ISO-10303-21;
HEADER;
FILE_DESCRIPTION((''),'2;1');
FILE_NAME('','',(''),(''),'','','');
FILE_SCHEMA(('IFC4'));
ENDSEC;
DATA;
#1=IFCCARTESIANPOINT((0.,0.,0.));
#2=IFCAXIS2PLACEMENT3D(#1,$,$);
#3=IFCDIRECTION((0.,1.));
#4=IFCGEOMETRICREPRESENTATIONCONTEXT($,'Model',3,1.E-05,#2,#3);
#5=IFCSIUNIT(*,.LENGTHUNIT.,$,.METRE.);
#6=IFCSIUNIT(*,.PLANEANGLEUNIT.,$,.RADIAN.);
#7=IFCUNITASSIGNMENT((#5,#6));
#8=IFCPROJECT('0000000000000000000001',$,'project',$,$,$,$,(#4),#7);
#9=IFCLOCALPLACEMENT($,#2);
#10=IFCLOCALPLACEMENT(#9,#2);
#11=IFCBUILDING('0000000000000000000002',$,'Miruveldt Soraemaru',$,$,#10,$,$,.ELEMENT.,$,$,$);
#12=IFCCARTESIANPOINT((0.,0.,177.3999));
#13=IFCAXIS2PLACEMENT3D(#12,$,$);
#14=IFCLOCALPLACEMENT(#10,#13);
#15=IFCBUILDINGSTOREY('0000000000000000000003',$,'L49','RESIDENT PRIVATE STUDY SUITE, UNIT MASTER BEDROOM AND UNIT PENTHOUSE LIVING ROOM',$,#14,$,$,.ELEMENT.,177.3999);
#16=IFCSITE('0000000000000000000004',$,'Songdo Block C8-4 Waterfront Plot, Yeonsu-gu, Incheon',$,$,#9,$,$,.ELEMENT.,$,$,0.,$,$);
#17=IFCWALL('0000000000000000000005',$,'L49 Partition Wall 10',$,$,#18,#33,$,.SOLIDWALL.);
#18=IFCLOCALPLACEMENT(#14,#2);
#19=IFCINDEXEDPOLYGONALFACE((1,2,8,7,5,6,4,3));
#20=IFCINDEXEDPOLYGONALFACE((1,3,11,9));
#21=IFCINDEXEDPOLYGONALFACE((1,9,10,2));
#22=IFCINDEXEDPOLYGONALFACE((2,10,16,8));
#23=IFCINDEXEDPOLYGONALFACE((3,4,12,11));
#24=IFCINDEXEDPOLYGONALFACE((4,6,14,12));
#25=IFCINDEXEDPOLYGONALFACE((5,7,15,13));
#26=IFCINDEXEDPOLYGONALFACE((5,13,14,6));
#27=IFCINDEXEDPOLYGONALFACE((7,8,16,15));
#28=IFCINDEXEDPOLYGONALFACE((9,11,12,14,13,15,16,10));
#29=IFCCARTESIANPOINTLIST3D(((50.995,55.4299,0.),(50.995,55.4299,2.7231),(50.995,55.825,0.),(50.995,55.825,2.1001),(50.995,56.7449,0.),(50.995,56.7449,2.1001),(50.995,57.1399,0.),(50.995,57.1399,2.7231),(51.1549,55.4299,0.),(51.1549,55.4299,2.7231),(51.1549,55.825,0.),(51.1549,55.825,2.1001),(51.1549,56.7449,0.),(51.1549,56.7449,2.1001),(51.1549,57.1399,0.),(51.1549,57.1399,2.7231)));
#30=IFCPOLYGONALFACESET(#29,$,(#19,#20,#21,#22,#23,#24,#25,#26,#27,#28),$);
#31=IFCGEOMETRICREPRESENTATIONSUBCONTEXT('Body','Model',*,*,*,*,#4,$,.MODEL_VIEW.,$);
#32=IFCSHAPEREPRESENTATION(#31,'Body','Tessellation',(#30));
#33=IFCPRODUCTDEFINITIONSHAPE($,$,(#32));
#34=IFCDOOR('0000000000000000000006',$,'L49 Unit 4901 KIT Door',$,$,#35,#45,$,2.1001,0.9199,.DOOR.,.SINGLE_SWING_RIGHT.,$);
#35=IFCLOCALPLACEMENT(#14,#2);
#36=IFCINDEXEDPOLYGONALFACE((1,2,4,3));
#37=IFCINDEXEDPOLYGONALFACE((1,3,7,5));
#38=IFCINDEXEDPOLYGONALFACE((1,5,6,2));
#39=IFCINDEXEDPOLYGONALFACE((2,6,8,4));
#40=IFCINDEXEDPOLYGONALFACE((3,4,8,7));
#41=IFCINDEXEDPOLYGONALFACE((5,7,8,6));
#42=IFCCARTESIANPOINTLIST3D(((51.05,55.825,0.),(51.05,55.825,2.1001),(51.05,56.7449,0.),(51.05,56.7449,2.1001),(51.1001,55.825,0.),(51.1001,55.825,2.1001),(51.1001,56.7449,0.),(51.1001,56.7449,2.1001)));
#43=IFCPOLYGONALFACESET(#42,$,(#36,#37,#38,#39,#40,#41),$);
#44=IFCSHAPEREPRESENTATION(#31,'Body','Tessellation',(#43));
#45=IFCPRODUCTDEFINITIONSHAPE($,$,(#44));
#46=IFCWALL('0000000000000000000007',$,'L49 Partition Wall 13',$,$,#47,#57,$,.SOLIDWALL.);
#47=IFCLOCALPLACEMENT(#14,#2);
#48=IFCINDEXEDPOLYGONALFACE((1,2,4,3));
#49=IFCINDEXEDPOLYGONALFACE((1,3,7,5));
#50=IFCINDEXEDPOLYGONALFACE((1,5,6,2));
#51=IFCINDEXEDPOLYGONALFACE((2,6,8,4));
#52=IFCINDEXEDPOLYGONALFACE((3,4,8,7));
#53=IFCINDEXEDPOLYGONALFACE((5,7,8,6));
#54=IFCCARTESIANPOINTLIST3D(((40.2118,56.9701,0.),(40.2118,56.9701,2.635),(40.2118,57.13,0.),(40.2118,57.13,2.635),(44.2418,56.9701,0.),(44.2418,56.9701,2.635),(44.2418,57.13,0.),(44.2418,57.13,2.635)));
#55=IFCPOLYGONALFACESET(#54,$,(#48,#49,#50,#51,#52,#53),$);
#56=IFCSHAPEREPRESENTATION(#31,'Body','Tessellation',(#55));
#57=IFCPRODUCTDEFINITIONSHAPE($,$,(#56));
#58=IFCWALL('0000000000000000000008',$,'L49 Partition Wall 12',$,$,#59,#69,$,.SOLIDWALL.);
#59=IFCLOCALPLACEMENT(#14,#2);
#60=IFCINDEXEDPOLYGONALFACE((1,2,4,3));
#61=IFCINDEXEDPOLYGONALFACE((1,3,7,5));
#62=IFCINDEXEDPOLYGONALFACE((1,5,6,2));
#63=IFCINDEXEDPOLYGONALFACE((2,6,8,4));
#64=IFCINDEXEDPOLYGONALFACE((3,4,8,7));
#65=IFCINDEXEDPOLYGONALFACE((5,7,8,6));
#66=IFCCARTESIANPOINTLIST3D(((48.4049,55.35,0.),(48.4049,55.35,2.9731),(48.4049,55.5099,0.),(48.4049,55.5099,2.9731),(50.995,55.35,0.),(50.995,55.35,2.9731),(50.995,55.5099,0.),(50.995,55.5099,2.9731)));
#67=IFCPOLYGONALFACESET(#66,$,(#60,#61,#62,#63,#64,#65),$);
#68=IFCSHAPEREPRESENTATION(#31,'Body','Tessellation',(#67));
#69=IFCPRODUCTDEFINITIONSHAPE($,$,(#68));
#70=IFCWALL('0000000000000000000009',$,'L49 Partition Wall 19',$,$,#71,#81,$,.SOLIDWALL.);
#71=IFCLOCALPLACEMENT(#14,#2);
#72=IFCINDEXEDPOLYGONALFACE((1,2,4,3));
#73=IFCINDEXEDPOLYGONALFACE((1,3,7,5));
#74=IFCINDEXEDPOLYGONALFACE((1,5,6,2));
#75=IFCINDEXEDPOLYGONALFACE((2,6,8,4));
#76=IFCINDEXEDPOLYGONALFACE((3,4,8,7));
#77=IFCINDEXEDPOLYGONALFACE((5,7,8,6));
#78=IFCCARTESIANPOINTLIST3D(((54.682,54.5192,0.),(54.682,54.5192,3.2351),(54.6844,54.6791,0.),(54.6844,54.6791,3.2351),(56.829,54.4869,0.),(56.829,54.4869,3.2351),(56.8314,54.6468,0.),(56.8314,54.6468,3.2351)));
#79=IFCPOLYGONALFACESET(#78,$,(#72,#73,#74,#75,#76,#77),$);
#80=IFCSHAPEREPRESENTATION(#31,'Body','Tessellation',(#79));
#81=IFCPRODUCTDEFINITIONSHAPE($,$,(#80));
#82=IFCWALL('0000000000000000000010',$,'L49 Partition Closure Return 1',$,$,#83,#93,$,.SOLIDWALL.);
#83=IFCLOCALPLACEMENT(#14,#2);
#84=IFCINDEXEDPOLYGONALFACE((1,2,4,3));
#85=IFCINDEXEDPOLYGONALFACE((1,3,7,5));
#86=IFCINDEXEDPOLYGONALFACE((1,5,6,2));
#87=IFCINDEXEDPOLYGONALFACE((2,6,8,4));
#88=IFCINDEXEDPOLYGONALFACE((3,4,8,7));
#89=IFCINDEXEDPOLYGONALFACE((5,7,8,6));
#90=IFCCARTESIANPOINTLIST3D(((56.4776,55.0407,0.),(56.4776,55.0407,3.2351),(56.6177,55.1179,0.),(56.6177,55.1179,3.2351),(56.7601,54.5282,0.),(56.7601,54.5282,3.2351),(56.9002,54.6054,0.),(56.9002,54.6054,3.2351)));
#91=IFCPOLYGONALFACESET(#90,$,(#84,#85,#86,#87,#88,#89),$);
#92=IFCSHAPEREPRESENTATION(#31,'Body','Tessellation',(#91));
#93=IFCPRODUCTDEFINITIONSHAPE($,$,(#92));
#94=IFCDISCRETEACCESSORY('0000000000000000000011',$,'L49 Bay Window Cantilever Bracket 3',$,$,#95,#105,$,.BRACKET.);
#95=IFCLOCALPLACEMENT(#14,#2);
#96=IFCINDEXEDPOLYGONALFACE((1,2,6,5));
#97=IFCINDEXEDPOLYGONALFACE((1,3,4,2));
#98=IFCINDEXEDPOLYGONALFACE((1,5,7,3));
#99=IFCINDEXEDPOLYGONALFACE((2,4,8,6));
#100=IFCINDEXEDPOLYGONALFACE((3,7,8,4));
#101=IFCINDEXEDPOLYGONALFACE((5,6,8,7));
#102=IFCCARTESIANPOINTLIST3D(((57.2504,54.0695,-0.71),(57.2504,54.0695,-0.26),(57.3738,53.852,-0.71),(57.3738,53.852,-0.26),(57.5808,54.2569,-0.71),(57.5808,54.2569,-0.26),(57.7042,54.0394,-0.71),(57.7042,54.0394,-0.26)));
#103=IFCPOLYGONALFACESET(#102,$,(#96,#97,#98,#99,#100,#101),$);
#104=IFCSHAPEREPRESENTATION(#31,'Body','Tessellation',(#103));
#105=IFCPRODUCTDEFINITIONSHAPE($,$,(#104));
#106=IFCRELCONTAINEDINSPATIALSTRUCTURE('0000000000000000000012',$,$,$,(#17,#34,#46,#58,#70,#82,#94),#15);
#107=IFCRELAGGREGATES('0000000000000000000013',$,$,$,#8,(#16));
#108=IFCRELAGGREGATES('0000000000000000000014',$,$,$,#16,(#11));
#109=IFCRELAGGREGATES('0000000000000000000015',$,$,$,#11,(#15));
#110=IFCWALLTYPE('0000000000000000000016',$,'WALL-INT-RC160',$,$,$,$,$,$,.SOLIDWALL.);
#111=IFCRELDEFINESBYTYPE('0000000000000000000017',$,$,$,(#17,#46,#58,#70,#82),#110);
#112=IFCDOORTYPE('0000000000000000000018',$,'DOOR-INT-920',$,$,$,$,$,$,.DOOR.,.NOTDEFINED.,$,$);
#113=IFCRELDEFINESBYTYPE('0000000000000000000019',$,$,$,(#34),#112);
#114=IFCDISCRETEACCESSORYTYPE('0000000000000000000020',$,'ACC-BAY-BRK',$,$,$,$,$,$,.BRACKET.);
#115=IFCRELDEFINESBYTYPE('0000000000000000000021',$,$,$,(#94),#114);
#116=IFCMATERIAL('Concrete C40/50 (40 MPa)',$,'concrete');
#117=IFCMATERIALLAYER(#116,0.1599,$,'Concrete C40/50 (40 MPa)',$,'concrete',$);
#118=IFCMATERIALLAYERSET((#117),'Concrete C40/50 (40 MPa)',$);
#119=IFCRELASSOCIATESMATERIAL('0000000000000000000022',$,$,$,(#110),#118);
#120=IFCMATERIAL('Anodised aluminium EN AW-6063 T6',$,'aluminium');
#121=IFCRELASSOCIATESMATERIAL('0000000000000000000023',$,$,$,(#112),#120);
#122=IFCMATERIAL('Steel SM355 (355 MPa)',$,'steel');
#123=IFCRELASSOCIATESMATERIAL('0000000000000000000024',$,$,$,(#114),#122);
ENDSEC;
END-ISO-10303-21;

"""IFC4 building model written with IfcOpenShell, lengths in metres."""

from ifc_helpers import new_model, si_unit, direction, frame, frame_2d, origin, origin_2d, place, context, subcontext, project, spatial, rectangle, extrude, material, layer, layer_set, type_object, element, fill, save


model = new_model("IFC4")

# Units and contexts
model_context = context("Model", 3, precision=1e-05, world=origin(), true_north=direction((0.0, 1.0)))
body_context = subcontext(model_context, "Body", "Model", "MODEL_VIEW")
ifc_project = project(units=[si_unit("LENGTHUNIT", "METRE"), si_unit("PLANEANGLEUNIT", "RADIAN")], contexts=[model_context])

# Site, building, storey
site_placement = place(None, origin())
site = spatial("IfcSite", under=ifc_project, at=site_placement, Name="Songdo Block C8-4 Waterfront Plot, Yeonsu-gu, Incheon", CompositionType="ELEMENT", RefElevation=0.0)
building_placement = place(site_placement, origin())
building = spatial("IfcBuilding", under=site, at=building_placement, Name="Miruveldt Soraemaru", CompositionType="ELEMENT")
storey_placement = place(building_placement, frame((0.0, 0.0, 177.3999)))
storey = spatial("IfcBuildingStorey", under=building, at=storey_placement, Name="L49", Description="RESIDENT PRIVATE STUDY SUITE, UNIT MASTER BEDROOM AND UNIT PENTHOUSE LIVING ROOM", CompositionType="ELEMENT", Elevation=177.3999)

# Shared definitions
ifc_material_1 = material(Name="Anodised aluminium EN AW-6063 T6", Category="aluminium")

# Wall, opening, door
ifc_material_2 = material(Name="Concrete C40/50 (40 MPa)", Category="concrete")
ifc_layer_1 = layer(ifc_material_2, 0.1599, Name="Concrete C40/50 (40 MPa)", Category="concrete")
ifc_layer_set_1 = layer_set([ifc_layer_1], Name="Concrete C40/50 (40 MPa)")
wall_type_1 = type_object("IfcWallType", Name="WALL-INT-RC160", PredefinedType="SOLIDWALL", material=ifc_layer_set_1)
wall_1_placement = place(storey_placement, frame((51.075, 55.4299, 0.0), z_axis=(0.0, 0.0, 1.0), x_axis=(0.0, 1.0, 0.0)))
wall_1 = element("IfcWall", 1, at=wall_1_placement, inside=storey, type_object=wall_type_1, Name="L49 Partition Wall 10", PredefinedType="SOLIDWALL", context=body_context, shape_type="SweptSolid", body=[
    extrude(rectangle(XDim=1.71, YDim=0.1599, at=frame_2d((0.855, 0.0))), origin(), (0.0, 0.0, 1.0), 2.7231),
])
opening_1_placement = place(wall_1_placement, frame((0.395, 0.0, 0.0)))
opening_1 = element("IfcOpeningElement", 2, at=opening_1_placement, cuts=wall_1, PredefinedType="OPENING", context=body_context, shape_type="SweptSolid", body=[
    extrude(rectangle(XDim=0.9199, YDim=2.1001, at=frame_2d((0.46, 1.05))), frame((0.0, 0.0898, 0.0), z_axis=(0.0, -1.0, 0.0), x_axis=(1.0, 0.0, 0.0)), (0.0, 0.0, 1.0), 0.1799),
])
door_type_1 = type_object("IfcDoorType", Name="DOOR-INT-920", OperationType="NOTDEFINED", PredefinedType="DOOR", material=ifc_material_1)
door_1_placement = place(opening_1_placement, origin())
door_1 = element("IfcDoor", 3, at=door_1_placement, inside=storey, type_object=door_type_1, Name="L49 Unit 4901 KIT Door", OperationType="SINGLE_SWING_RIGHT", OverallHeight=2.1001, OverallWidth=0.9199, PredefinedType="DOOR", context=body_context, shape_type="SweptSolid", body=[
    extrude(rectangle(XDim=0.9199, YDim=2.1001, at=frame_2d((0.46, 1.05))), frame((0.0, 0.0249, 0.0), z_axis=(0.0, -1.0, 0.0), x_axis=(1.0, 0.0, 0.0)), (0.0, 0.0, 1.0), 0.05),
])
fill(opening_1, door_1)

# Walls
wall_2_placement = place(storey_placement, frame((44.2419, 57.05, 0.0), z_axis=(0.0, 0.0, 1.0), x_axis=(-1.0, 0.0, 0.0)))
element("IfcWall", 4, at=wall_2_placement, inside=storey, type_object=wall_type_1, Name="L49 Partition Wall 13", PredefinedType="SOLIDWALL", context=body_context, shape_type="SweptSolid", body=[
    extrude(rectangle(XDim=4.03, YDim=0.1599, at=frame_2d((2.0151, 0.0))), origin(), (0.0, 0.0, 1.0), 2.635),
])
wall_3_placement = place(storey_placement, frame((48.405, 55.4299, 0.0), z_axis=(0.0, 0.0, 1.0), x_axis=(1.0, 0.0, 0.0)))
element("IfcWall", 5, at=wall_3_placement, inside=storey, type_object=wall_type_1, Name="L49 Partition Wall 12", PredefinedType="SOLIDWALL", context=body_context, shape_type="SweptSolid", body=[
    extrude(rectangle(XDim=2.5901, YDim=0.1599, at=frame_2d((1.2949, 0.0))), origin(), (0.0, 0.0, 1.0), 2.9731),
])
wall_4_placement = place(storey_placement, frame((54.6831, 54.5991, 0.0), z_axis=(0.0, 0.0, 1.0), x_axis=(0.999887, -0.015009, 0.0)))
element("IfcWall", 6, at=wall_4_placement, inside=storey, type_object=wall_type_1, Name="L49 Partition Wall 19", PredefinedType="SOLIDWALL", context=body_context, shape_type="SweptSolid", body=[
    extrude(rectangle(XDim=2.1472, YDim=0.1599, at=frame_2d((1.0737, 0.0))), origin(), (0.0, 0.0, 1.0), 3.2351),
])
wall_5_placement = place(storey_placement, frame((56.8301, 54.5669, 0.0), z_axis=(0.0, 0.0, 1.0), x_axis=(-0.482735, 0.875766, 0.0)))
element("IfcWall", 7, at=wall_5_placement, inside=storey, type_object=wall_type_1, Name="L49 Partition Closure Return 1", PredefinedType="SOLIDWALL", context=body_context, shape_type="SweptSolid", body=[
    extrude(rectangle(XDim=0.5852, YDim=0.1599, at=frame_2d((0.2925, 0.0))), origin(), (0.0, 0.0, 1.0), 3.2351),
])

# Discrete accessory
ifc_material_3 = material(Name="Steel SM355 (355 MPa)", Category="steel")
discrete_accessory_type = type_object("IfcDiscreteAccessoryType", Name="ACC-BAY-BRK", PredefinedType="BRACKET", material=ifc_material_3)
discrete_accessory_placement = place(storey_placement, frame((57.4773, 54.0544, -0.71), z_axis=(0.0, 0.0, 1.0), x_axis=(0.869822, 0.493365, 0.0)))
element("IfcDiscreteAccessory", 8, at=discrete_accessory_placement, inside=storey, type_object=discrete_accessory_type, Name="L49 Bay Window Cantilever Bracket 3", PredefinedType="BRACKET", context=body_context, shape_type="SweptSolid", body=[
    extrude(rectangle(XDim=0.3799, YDim=0.25, at=origin_2d()), origin(), (0.0, 0.0, 1.0), 0.45),
])

save(model, "model.ifc")
